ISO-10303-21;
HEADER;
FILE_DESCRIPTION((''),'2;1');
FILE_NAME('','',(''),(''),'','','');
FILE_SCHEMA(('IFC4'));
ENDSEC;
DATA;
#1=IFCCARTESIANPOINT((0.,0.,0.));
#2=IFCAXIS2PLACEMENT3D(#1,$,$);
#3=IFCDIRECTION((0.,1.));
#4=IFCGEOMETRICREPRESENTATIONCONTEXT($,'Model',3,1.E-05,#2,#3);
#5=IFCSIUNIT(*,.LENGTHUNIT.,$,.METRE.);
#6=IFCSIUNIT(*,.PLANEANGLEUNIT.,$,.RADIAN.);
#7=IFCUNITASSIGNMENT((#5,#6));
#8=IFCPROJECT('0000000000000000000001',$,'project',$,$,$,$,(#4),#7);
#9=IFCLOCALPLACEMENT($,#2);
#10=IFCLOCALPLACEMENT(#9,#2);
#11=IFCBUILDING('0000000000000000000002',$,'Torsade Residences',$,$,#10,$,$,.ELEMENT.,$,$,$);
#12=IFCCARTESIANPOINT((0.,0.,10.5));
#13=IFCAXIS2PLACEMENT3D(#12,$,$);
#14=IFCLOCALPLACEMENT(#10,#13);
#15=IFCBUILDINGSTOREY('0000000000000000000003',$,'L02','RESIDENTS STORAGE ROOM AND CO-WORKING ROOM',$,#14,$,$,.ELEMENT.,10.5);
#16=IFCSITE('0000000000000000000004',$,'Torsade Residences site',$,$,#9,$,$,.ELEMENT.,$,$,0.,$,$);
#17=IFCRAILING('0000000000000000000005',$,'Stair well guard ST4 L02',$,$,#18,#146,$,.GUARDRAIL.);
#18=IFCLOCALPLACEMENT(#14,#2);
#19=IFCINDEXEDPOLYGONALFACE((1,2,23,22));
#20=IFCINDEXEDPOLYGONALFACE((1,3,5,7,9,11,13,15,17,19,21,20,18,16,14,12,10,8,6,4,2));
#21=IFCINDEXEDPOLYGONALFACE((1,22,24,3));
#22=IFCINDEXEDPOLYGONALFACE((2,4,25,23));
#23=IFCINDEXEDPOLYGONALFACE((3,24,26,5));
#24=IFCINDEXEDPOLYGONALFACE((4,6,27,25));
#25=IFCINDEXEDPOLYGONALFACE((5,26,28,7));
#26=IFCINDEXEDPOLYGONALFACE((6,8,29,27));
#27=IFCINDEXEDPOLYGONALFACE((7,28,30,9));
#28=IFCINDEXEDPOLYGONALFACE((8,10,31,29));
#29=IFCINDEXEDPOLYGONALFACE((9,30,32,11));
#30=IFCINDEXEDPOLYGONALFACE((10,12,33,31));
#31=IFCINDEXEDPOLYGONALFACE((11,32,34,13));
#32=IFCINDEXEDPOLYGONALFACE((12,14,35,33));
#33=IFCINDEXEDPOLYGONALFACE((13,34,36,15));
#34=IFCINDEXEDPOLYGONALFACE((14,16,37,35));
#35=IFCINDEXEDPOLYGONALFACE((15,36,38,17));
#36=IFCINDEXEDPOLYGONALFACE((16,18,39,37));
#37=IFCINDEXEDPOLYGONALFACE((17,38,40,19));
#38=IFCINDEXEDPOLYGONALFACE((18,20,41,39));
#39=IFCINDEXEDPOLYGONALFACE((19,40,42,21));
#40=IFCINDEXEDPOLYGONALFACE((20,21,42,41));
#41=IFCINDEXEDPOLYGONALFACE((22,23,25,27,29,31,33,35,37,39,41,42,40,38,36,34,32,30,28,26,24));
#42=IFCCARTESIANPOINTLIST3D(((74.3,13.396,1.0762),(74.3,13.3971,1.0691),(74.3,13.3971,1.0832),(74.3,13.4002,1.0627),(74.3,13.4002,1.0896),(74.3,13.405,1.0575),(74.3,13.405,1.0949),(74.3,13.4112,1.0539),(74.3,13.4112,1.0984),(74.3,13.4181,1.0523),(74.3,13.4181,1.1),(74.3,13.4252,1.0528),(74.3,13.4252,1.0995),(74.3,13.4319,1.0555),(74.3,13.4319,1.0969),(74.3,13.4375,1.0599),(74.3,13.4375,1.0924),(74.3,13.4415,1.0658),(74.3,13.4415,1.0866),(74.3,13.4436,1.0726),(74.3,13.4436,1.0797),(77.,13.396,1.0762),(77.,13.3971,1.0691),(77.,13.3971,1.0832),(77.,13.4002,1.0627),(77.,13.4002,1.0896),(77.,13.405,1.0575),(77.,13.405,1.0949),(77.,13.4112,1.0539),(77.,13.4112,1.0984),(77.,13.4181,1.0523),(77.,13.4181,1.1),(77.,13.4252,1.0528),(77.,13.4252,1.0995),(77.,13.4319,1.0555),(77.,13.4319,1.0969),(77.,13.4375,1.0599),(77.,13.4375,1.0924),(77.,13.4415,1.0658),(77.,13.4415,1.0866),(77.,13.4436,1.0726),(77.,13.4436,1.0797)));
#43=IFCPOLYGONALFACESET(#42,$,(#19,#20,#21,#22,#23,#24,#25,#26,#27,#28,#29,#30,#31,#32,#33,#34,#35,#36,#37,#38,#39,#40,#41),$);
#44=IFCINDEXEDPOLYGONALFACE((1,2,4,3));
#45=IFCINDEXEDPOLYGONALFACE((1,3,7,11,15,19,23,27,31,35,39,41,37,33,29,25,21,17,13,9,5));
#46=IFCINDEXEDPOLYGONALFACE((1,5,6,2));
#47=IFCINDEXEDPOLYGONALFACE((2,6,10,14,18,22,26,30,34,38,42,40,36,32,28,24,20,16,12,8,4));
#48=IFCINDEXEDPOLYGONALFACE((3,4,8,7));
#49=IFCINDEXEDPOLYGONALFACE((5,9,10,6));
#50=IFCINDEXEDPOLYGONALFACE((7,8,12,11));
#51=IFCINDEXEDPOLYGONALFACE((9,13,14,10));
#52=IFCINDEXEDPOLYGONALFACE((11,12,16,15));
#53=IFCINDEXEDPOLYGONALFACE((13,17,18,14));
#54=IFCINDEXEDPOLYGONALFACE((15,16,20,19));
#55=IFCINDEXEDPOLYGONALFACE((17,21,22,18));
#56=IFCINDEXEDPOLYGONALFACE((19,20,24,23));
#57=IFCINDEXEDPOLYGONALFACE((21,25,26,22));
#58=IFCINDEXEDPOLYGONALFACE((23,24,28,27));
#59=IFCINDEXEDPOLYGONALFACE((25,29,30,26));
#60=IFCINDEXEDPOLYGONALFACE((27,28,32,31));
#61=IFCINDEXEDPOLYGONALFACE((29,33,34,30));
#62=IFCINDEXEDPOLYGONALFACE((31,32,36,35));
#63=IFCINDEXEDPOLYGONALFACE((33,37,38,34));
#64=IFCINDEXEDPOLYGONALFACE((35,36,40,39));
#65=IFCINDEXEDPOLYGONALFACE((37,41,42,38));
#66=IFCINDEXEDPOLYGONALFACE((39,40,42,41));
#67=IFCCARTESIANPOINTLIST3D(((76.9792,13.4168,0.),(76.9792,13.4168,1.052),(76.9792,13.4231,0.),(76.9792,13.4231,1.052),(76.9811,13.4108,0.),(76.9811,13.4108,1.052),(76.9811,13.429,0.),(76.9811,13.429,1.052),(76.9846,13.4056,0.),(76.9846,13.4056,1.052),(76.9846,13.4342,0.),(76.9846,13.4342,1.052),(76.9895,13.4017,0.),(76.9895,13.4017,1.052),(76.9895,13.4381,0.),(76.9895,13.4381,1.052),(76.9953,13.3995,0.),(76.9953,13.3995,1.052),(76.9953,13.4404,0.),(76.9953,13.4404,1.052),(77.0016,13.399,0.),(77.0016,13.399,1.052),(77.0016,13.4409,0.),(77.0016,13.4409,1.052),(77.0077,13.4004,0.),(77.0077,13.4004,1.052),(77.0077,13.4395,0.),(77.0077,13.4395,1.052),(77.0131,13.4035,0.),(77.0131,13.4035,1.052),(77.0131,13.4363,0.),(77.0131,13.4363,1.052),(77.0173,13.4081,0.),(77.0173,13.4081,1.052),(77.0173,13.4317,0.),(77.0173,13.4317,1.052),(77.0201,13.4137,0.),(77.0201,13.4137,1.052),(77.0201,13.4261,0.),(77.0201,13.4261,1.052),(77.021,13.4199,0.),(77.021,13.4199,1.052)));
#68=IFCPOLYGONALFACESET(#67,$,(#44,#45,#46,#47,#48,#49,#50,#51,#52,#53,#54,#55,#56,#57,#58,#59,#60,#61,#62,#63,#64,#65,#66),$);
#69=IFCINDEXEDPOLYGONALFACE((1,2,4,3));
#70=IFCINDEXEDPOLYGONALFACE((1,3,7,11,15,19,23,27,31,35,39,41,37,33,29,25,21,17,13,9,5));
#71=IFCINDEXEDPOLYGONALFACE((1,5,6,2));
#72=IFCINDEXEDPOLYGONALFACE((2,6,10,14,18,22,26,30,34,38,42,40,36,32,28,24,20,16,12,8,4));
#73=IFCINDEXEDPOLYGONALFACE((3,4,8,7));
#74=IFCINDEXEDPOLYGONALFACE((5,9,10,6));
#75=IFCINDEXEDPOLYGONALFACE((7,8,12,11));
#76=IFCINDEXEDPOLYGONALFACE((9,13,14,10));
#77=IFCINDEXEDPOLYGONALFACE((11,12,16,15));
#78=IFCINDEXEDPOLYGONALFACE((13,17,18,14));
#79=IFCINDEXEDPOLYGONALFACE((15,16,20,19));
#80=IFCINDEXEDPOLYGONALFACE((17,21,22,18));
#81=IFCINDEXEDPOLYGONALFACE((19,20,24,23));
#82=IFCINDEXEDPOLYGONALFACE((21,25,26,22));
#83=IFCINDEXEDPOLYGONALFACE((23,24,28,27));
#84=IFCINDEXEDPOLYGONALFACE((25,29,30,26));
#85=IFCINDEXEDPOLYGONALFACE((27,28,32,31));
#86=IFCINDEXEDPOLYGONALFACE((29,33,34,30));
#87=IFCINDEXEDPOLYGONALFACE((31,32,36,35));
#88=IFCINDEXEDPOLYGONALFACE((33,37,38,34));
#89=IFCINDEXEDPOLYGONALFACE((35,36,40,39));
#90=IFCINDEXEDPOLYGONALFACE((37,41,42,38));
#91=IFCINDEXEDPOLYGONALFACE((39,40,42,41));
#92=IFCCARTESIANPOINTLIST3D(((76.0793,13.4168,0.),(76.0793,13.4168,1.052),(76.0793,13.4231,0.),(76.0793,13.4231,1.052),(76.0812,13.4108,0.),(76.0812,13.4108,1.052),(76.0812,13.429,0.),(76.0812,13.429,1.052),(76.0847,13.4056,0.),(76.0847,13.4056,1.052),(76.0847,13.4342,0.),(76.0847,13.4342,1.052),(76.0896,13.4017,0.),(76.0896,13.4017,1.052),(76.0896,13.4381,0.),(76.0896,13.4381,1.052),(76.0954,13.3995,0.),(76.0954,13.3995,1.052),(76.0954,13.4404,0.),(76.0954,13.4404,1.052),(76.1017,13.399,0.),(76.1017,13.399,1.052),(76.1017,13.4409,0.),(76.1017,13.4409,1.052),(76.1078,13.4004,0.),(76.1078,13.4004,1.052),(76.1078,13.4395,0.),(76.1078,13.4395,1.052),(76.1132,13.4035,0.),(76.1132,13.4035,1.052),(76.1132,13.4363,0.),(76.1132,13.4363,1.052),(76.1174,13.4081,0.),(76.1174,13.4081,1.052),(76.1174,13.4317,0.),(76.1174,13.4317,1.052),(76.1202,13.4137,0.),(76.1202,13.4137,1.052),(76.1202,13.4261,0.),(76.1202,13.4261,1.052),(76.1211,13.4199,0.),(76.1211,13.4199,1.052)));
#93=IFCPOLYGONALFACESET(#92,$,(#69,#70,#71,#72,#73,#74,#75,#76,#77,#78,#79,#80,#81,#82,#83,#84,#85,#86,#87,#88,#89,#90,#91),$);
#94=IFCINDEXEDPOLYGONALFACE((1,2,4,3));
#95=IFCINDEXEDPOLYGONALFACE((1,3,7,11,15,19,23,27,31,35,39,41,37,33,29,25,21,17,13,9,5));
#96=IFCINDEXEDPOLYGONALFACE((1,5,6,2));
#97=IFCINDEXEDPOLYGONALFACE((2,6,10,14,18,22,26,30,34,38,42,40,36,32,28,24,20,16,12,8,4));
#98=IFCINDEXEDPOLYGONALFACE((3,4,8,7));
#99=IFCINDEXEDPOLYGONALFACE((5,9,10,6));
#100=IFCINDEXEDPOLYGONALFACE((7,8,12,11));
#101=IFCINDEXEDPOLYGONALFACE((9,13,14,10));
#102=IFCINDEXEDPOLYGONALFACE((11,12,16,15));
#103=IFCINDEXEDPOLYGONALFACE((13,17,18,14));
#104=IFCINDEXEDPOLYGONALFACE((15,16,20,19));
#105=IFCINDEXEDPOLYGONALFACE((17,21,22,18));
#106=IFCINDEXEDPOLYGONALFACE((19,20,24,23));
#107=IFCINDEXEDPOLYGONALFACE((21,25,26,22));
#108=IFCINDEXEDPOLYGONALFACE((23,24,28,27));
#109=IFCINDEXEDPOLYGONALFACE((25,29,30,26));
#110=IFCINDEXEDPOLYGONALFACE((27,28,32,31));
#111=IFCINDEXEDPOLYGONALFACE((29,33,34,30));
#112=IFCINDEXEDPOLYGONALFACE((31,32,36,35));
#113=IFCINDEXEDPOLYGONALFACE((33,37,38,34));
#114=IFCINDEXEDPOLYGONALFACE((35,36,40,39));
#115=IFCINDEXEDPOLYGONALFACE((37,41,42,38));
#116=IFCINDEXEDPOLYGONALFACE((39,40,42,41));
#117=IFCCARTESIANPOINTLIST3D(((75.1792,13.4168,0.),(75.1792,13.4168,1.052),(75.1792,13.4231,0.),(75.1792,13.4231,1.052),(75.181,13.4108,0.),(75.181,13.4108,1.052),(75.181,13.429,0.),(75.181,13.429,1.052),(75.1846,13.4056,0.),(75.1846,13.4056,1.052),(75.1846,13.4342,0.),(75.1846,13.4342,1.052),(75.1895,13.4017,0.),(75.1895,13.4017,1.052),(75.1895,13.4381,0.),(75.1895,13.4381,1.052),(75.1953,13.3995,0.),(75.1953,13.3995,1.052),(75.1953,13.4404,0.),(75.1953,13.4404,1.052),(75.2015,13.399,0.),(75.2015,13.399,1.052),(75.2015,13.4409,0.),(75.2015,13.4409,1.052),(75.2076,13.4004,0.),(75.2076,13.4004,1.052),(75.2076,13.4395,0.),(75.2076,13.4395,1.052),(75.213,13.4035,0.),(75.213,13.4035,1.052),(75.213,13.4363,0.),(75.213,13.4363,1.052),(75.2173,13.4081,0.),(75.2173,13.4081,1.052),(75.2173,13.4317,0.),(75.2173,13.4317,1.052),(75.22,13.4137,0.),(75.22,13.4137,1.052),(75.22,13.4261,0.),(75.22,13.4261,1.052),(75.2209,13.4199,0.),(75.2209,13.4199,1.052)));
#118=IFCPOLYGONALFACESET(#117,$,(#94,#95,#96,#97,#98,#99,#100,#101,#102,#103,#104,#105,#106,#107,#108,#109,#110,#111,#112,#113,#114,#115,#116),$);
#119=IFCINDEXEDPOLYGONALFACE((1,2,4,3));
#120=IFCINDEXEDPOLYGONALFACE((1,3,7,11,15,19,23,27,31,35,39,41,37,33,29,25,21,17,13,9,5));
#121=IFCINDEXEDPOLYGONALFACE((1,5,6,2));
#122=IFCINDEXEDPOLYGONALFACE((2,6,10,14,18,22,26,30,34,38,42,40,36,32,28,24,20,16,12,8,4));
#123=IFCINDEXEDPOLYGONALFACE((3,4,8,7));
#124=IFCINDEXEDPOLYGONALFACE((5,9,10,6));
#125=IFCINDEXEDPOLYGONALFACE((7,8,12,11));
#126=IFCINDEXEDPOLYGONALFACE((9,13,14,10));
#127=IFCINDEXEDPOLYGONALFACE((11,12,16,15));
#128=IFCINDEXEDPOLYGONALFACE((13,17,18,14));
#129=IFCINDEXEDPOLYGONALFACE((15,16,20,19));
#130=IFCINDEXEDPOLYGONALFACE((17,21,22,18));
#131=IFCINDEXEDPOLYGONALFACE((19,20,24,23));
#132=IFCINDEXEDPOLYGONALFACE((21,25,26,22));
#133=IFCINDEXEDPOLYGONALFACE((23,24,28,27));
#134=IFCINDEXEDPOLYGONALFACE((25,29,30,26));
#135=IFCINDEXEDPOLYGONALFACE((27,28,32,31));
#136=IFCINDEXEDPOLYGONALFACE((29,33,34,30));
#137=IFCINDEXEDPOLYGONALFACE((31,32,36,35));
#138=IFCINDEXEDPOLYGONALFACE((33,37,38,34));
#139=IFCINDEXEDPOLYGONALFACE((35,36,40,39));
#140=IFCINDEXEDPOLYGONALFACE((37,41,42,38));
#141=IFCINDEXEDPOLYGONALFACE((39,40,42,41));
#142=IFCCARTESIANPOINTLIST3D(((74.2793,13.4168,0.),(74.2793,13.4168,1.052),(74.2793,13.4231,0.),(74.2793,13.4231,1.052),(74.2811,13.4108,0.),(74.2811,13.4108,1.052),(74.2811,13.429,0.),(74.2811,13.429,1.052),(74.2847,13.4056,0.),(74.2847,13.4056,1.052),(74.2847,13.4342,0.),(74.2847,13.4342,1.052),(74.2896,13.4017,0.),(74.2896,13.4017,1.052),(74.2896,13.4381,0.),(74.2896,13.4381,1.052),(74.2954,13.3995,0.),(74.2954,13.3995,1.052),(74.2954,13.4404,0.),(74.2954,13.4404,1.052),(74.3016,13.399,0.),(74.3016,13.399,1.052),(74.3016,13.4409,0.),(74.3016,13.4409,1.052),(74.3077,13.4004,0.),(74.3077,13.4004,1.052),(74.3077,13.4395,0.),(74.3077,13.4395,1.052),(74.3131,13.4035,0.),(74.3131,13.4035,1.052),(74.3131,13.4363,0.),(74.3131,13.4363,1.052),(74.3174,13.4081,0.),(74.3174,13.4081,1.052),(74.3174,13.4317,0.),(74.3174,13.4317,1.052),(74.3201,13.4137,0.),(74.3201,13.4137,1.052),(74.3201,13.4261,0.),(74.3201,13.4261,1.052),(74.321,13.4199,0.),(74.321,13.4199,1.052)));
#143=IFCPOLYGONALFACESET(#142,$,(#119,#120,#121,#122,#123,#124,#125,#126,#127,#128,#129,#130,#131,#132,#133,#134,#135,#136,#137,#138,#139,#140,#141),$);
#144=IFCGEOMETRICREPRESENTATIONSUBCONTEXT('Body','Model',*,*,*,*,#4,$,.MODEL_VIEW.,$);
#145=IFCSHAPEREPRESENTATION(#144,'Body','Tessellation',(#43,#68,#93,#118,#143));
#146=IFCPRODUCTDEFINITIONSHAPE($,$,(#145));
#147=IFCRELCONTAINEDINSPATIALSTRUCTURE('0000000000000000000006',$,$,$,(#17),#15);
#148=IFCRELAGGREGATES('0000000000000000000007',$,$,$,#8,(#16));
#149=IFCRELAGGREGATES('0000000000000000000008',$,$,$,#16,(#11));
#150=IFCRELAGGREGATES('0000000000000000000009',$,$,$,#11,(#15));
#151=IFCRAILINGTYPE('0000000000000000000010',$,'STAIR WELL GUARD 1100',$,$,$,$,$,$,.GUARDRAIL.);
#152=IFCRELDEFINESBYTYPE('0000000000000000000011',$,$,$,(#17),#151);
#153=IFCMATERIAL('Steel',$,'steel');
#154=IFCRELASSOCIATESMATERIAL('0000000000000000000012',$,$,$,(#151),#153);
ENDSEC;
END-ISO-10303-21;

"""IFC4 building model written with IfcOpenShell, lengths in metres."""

from ifc_helpers import new_model, si_unit, direction, frame, origin, origin_2d, place, context, subcontext, project, spatial, circle, extrude, material, type_object, element, save


model = new_model("IFC4")

# Units and contexts
model_context = context("Model", 3, precision=1e-05, world=origin(), true_north=direction((0.0, 1.0)))
body_context = subcontext(model_context, "Body", "Model", "MODEL_VIEW")
ifc_project = project(units=[si_unit("LENGTHUNIT", "METRE"), si_unit("PLANEANGLEUNIT", "RADIAN")], contexts=[model_context])

# Site, building, storey
site_placement = place(None, origin())
site = spatial("IfcSite", under=ifc_project, at=site_placement, Name="Torsade Residences site", CompositionType="ELEMENT", RefElevation=0.0)
building_placement = place(site_placement, origin())
building = spatial("IfcBuilding", under=site, at=building_placement, Name="Torsade Residences", CompositionType="ELEMENT")
storey_placement = place(building_placement, frame((0.0, 0.0, 10.5)))
storey = spatial("IfcBuildingStorey", under=building, at=storey_placement, Name="L02", Description="RESIDENTS STORAGE ROOM AND CO-WORKING ROOM", CompositionType="ELEMENT", Elevation=10.5)

# Railing
ifc_material_1 = material(Name="Steel", Category="steel")
railing_type = type_object("IfcRailingType", Name="STAIR WELL GUARD 1100", PredefinedType="GUARDRAIL", material=ifc_material_1)
railing_placement = place(storey_placement, frame((77.0, 13.4199, 0.0)))
element("IfcRailing", 1, at=railing_placement, inside=storey, type_object=railing_type, Name="Stair well guard ST4 L02", PredefinedType="GUARDRAIL", context=body_context, shape_type="SweptSolid", body=[
    extrude(circle(Radius=0.0239, at=origin_2d()), frame((0.0, 0.0, 1.0762), z_axis=(-1.0, 0.0, 0.0), x_axis=(0.0, -1.0, 0.0)), (0.0, 0.0, 1.0), 2.7),
    extrude(circle(Radius=0.021, at=origin_2d()), origin(), (0.0, 0.0, 1.0), 1.052),
    extrude(circle(Radius=0.021, at=origin_2d()), frame((-0.8999, 0.0, 0.0)), (0.0, 0.0, 1.0), 1.052),
    extrude(circle(Radius=0.021, at=origin_2d()), frame((-1.8, 0.0, 0.0)), (0.0, 0.0, 1.0), 1.052),
    extrude(circle(Radius=0.021, at=origin_2d()), frame((-2.7, 0.0, 0.0)), (0.0, 0.0, 1.0), 1.052),
])

save(model, "model.ifc")
